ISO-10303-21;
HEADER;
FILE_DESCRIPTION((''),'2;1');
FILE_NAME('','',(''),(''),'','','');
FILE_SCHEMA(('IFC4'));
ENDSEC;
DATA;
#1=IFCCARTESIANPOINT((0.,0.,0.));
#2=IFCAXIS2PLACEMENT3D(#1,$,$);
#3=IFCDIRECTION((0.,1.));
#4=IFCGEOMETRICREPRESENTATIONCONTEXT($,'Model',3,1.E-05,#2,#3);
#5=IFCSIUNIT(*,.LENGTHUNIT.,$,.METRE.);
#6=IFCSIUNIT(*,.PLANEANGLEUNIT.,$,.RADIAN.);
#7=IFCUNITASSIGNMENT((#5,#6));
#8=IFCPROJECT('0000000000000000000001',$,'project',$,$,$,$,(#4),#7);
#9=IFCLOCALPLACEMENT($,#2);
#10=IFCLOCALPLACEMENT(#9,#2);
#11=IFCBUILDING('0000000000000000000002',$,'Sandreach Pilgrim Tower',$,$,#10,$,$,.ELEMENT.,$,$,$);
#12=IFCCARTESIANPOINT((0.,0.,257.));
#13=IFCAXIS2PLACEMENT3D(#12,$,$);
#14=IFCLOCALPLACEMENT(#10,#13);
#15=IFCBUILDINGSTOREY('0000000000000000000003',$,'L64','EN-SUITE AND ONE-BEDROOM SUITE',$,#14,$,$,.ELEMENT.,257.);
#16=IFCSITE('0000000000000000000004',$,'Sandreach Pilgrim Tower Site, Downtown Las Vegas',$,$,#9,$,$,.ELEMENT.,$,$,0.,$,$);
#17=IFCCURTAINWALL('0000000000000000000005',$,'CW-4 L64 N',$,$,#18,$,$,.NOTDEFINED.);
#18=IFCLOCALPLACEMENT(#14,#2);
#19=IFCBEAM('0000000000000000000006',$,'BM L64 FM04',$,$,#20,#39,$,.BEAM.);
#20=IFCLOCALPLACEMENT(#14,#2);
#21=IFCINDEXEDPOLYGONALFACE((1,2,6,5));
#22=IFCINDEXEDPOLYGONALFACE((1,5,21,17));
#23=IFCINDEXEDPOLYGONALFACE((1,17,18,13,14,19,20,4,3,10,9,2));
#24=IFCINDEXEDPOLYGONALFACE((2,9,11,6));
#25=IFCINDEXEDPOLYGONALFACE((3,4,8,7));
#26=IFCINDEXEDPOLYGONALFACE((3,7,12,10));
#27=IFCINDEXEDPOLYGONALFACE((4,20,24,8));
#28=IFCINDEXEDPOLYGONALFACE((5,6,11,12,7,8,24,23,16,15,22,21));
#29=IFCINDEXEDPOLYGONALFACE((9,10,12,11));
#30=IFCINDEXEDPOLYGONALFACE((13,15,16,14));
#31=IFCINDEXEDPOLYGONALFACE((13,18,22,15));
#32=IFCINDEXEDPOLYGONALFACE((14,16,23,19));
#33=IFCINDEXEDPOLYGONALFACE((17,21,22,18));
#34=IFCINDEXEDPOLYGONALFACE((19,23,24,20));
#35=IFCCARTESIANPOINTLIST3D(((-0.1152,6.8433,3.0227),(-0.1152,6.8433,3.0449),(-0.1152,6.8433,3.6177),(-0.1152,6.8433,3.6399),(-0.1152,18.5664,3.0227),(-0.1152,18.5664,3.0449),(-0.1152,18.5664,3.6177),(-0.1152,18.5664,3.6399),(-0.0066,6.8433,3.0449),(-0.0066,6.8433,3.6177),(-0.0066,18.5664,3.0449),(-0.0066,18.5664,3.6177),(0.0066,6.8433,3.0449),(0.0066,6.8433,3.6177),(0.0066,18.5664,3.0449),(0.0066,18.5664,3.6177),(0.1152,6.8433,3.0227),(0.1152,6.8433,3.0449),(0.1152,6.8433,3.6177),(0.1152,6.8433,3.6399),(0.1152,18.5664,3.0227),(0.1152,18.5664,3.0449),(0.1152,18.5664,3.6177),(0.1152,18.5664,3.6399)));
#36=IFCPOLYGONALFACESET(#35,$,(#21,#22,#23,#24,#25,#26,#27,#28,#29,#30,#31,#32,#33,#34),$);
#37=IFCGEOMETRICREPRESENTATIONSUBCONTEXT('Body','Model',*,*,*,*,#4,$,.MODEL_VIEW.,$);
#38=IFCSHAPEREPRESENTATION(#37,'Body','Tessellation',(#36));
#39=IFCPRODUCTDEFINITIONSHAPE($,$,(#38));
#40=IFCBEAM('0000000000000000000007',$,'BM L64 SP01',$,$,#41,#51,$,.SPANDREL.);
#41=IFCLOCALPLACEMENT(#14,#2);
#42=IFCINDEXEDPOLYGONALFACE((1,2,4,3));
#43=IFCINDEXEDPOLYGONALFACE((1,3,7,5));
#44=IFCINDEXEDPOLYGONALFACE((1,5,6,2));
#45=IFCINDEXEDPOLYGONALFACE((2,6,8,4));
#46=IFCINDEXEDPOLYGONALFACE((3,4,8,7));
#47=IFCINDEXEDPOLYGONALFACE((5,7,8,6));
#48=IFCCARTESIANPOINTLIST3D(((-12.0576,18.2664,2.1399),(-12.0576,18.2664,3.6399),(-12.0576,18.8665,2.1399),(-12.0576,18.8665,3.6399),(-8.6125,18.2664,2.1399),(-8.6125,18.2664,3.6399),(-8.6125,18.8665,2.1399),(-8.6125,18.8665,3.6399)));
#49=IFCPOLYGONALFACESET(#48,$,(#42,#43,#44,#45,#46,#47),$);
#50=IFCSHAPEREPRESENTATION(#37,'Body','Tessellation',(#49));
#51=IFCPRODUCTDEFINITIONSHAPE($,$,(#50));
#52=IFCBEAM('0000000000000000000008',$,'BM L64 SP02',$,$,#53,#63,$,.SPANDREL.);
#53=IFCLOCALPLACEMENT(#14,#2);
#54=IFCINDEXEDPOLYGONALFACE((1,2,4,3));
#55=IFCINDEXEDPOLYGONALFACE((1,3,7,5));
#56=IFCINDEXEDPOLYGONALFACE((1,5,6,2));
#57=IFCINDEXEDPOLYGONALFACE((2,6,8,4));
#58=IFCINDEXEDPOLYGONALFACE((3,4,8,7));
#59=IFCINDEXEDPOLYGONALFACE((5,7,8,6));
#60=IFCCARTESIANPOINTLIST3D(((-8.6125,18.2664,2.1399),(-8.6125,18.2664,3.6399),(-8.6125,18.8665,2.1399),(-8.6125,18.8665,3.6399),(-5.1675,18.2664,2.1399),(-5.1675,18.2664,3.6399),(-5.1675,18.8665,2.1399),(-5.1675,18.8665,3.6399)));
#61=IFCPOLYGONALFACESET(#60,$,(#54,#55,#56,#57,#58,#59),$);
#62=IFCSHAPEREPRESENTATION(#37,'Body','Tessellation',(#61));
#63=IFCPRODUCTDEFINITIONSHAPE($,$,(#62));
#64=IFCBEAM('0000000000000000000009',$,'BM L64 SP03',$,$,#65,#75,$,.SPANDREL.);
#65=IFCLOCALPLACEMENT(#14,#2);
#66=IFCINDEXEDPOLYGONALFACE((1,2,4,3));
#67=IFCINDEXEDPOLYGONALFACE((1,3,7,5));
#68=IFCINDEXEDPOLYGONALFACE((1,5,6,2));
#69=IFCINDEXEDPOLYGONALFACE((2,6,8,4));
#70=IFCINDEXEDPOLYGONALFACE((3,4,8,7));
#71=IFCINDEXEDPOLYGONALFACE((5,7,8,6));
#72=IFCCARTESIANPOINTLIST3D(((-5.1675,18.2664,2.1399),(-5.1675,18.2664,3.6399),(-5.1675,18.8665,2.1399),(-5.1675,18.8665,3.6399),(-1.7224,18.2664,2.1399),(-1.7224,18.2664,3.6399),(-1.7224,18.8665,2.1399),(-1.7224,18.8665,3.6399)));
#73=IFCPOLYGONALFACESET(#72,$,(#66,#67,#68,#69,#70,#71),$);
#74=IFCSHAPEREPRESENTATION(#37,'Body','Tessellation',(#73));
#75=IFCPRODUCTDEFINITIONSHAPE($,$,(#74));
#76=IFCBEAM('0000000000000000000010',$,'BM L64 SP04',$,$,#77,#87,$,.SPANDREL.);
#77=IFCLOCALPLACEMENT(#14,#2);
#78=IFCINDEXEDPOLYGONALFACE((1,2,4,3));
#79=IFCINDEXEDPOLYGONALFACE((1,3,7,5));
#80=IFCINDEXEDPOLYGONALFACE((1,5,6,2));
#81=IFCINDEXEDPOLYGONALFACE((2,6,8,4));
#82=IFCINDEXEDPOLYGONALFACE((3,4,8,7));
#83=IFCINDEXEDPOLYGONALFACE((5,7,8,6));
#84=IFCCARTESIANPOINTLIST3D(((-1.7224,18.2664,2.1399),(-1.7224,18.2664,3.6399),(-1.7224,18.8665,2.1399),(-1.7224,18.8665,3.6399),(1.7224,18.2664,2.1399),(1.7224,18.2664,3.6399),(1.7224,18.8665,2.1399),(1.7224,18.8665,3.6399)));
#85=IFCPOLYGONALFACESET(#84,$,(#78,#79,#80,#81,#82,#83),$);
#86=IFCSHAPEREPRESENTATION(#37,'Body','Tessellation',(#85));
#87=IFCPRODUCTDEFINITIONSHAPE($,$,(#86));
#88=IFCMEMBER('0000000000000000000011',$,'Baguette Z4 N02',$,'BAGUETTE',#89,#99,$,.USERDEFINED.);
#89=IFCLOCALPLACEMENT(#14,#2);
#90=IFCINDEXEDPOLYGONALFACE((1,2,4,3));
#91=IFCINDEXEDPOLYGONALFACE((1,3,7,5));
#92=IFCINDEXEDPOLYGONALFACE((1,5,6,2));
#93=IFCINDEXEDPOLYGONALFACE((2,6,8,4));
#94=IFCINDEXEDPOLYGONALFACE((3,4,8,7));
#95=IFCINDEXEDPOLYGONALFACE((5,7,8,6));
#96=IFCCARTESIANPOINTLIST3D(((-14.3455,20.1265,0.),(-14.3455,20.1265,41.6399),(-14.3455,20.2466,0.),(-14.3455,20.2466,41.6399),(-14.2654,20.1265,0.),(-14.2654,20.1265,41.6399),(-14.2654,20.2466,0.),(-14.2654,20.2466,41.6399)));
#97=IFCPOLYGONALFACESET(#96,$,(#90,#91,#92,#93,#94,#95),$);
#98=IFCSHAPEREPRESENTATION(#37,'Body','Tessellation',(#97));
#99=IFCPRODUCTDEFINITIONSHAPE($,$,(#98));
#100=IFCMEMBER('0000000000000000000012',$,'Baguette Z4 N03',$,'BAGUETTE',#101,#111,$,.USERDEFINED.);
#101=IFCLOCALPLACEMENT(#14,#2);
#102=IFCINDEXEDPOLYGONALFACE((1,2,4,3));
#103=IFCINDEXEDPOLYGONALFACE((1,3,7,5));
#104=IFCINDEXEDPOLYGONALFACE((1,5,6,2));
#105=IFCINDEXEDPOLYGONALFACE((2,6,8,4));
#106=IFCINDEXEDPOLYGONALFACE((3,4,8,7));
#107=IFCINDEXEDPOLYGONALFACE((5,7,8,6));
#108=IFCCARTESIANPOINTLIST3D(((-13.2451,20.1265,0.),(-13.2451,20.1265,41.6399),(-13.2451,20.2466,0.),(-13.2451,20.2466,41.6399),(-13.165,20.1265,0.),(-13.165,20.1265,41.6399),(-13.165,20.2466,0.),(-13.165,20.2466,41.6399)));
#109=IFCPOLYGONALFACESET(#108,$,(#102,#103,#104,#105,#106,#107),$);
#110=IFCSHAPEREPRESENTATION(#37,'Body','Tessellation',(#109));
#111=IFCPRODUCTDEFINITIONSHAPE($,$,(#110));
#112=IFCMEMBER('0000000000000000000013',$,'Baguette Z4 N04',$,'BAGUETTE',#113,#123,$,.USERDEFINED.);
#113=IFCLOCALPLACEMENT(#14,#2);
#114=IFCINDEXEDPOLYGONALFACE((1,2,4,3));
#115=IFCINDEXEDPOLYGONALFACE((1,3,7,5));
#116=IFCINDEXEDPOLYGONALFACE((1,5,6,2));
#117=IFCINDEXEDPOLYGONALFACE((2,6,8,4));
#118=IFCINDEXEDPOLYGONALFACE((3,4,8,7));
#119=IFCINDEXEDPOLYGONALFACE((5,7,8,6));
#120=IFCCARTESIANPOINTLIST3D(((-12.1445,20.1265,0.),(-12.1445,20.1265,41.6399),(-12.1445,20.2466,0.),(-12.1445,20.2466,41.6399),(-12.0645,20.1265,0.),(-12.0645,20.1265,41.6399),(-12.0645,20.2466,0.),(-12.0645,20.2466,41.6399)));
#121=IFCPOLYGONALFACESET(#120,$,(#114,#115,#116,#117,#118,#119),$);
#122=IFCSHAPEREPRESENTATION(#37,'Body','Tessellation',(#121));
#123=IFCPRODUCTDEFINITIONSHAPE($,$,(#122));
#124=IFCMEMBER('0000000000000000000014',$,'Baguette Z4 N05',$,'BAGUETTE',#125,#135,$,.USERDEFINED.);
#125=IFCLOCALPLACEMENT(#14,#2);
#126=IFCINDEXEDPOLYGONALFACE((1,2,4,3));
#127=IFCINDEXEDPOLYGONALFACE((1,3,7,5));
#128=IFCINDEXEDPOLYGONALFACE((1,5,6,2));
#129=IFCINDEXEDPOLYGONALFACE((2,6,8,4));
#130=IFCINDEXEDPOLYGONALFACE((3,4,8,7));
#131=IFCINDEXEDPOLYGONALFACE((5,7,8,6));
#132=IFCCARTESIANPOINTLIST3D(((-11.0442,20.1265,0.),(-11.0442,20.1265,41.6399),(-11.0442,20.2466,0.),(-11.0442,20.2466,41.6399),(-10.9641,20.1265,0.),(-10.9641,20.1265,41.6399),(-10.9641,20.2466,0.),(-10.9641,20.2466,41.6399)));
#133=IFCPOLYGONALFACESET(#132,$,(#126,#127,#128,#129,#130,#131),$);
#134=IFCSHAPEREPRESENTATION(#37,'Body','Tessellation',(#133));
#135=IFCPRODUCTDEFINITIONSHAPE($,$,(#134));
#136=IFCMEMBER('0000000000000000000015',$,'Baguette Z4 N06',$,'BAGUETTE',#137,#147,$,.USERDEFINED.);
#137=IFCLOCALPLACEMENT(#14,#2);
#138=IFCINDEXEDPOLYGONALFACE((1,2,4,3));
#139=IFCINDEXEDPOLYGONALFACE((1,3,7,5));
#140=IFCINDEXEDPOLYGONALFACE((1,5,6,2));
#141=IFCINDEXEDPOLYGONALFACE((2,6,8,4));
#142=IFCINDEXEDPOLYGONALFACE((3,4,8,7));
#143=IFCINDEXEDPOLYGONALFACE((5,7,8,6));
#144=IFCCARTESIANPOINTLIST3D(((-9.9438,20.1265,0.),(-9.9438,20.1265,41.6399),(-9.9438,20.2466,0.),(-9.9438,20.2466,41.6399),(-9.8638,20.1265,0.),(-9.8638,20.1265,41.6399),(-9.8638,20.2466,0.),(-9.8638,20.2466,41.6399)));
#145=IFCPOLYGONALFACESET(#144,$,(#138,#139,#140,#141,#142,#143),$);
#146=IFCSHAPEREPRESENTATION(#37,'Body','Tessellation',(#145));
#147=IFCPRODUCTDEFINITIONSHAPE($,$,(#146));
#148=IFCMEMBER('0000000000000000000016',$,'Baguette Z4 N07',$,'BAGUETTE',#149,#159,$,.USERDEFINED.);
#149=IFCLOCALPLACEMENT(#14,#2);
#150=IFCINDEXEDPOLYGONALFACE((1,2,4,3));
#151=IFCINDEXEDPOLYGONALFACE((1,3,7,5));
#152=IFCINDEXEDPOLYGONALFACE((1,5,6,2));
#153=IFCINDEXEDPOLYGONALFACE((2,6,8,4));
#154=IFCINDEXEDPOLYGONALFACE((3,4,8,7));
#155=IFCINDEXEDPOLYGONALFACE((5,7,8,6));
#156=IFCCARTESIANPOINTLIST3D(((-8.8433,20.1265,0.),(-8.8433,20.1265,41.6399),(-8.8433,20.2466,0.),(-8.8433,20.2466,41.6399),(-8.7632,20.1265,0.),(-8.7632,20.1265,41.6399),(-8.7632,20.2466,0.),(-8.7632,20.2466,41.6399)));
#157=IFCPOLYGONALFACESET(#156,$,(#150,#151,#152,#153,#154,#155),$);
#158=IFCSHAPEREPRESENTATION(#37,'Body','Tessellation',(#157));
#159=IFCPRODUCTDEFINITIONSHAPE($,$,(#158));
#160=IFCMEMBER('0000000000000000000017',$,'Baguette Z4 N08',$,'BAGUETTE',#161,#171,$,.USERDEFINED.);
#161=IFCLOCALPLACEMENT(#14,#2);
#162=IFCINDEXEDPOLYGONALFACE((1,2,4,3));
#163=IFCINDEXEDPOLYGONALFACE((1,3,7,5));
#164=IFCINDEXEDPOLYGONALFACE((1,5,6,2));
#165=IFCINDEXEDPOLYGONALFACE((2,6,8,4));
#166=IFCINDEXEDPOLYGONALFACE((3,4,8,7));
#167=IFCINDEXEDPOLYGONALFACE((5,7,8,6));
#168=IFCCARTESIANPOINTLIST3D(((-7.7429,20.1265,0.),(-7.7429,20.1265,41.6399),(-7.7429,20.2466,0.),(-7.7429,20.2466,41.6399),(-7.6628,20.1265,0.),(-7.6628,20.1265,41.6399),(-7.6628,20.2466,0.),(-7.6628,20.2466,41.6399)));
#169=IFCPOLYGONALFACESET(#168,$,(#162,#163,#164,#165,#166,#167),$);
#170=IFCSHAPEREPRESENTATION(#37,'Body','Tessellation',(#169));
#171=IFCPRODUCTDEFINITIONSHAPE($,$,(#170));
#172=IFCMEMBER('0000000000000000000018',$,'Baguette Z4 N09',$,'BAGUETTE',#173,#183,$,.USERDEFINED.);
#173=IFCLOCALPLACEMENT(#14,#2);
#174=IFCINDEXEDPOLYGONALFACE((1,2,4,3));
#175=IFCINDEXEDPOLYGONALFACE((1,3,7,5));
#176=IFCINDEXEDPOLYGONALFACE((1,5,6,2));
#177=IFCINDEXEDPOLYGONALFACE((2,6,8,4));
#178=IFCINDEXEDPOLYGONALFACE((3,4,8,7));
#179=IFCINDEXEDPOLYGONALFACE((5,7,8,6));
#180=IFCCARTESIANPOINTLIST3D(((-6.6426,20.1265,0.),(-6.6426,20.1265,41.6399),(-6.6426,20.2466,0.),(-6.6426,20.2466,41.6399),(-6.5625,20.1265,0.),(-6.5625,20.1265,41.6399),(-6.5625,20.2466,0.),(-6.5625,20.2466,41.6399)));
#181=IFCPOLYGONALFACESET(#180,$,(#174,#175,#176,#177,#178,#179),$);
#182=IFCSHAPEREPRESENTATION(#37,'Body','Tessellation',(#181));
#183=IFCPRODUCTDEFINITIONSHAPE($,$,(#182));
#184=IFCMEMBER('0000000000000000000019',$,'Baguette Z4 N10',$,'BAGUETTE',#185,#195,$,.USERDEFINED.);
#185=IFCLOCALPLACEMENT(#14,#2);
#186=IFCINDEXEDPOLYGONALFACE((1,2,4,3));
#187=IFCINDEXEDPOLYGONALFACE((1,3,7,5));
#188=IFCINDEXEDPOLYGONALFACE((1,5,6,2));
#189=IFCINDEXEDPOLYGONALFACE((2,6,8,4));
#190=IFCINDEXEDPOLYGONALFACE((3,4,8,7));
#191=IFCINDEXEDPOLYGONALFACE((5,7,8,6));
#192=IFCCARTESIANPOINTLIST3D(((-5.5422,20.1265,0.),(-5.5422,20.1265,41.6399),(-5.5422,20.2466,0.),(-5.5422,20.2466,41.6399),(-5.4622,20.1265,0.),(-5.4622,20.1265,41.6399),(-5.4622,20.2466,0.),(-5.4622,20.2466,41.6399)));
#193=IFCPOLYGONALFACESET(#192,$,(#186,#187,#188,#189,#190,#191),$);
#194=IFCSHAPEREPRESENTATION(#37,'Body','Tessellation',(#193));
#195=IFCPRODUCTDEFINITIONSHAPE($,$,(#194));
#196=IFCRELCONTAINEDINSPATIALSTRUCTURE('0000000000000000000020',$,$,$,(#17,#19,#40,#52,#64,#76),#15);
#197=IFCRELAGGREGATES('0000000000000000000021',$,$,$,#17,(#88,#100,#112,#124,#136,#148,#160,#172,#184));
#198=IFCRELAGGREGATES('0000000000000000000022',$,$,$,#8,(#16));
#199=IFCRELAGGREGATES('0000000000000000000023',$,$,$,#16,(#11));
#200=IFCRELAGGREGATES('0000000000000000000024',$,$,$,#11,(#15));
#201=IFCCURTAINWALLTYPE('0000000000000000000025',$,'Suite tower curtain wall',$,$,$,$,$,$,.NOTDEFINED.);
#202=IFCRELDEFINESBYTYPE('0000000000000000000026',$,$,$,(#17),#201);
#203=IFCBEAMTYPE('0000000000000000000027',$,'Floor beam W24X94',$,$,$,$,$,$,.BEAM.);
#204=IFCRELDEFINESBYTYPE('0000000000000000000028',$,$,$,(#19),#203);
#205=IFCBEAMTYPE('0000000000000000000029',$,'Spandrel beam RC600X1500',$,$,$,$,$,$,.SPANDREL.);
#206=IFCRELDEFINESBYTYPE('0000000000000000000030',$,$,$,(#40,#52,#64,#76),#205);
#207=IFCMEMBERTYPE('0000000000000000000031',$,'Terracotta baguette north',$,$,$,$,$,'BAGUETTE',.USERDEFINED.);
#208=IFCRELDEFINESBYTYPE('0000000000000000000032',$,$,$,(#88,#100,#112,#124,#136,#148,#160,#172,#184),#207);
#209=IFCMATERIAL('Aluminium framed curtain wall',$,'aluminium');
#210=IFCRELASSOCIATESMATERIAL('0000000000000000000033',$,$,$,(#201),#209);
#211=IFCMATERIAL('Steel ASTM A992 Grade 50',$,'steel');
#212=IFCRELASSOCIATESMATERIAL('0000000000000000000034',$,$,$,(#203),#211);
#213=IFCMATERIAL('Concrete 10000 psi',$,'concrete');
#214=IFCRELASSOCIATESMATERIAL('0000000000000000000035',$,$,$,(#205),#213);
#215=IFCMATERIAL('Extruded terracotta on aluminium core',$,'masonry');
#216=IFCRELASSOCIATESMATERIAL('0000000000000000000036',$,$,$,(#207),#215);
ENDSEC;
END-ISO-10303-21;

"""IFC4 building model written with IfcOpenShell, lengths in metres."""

from ifc_helpers import new_model, si_unit, direction, frame, origin, origin_2d, place, context, subcontext, project, spatial, rectangle, i_section, extrude, material, material_profile, profile_set, type_object, element, aggregate, save


model = new_model("IFC4")

# Units and contexts
model_context = context("Model", 3, precision=1e-05, world=origin(), true_north=direction((0.0, 1.0)))
body_context = subcontext(model_context, "Body", "Model", "MODEL_VIEW")
ifc_project = project(units=[si_unit("LENGTHUNIT", "METRE"), si_unit("PLANEANGLEUNIT", "RADIAN")], contexts=[model_context])

# Site, building, storey
site_placement = place(None, origin())
site = spatial("IfcSite", under=ifc_project, at=site_placement, Name="Sandreach Pilgrim Tower Site, Downtown Las Vegas", CompositionType="ELEMENT", RefElevation=0.0)
building_placement = place(site_placement, origin())
building = spatial("IfcBuilding", under=site, at=building_placement, Name="Sandreach Pilgrim Tower", CompositionType="ELEMENT")
storey_placement = place(building_placement, frame((0.0, 0.0, 257.0)))
storey = spatial("IfcBuildingStorey", under=building, at=storey_placement, Name="L64", Description="EN-SUITE AND ONE-BEDROOM SUITE", CompositionType="ELEMENT", Elevation=257.0)

# Curtain wall
ifc_material_1 = material(Name="Aluminium framed curtain wall", Category="aluminium")
curtain_wall_type = type_object("IfcCurtainWallType", Name="Suite tower curtain wall", PredefinedType="NOTDEFINED", material=ifc_material_1)
curtain_wall_placement = place(storey_placement, origin())
curtain_wall = element("IfcCurtainWall", 1, at=curtain_wall_placement, inside=storey, type_object=curtain_wall_type, Name="CW-4 L64 N", PredefinedType="NOTDEFINED")

# Beams
ifc_material_2 = material(Name="Steel ASTM A992 Grade 50", Category="steel")
ifc_material_profile_1 = material_profile(ifc_material_2, i_section(OverallWidth=0.2305, OverallDepth=0.6172, WebThickness=0.0132, FlangeThickness=0.0222, at=origin_2d()), Name="W24X94")
ifc_profile_set_1 = profile_set([ifc_material_profile_1], Name="Steel ASTM A992 Grade 50")
beam_type_1 = type_object("IfcBeamType", Name="Floor beam W24X94", PredefinedType="BEAM", material=ifc_profile_set_1)
for number, where, z_axis, x_axis, name in (
    (2, (0.0, 18.5664, 3.3313), (0.0, -1.0, 0.0), (1.0, 0.0, 0.0), "BM L64 FM04"),
):
    element("IfcBeam", number, at=place(storey_placement, frame(where, z_axis=z_axis, x_axis=x_axis)), inside=storey, type_object=beam_type_1, Name=name, PredefinedType="BEAM", context=body_context, shape_type="SweptSolid", body=[
        extrude(i_section(OverallWidth=0.2305, OverallDepth=0.6172, WebThickness=0.0132, FlangeThickness=0.0222, at=origin_2d()), origin(), (0.0, 0.0, 1.0), 11.7231),
    ])
ifc_material_3 = material(Name="Concrete 10000 psi", Category="concrete")
ifc_material_profile_2 = material_profile(ifc_material_3, rectangle(XDim=0.6001, YDim=1.5, at=origin_2d()), Name="RC600X1500")
ifc_profile_set_2 = profile_set([ifc_material_profile_2], Name="Concrete 10000 psi")
beam_type_2 = type_object("IfcBeamType", Name="Spandrel beam RC600X1500", PredefinedType="SPANDREL", material=ifc_profile_set_2)
for number, where, z_axis, x_axis, name in (
    (3, (-12.0576, 18.5664, 2.8899), (1.0, 0.0, 0.0), (0.0, 1.0, 0.0), "BM L64 SP01"),
    (4, (-8.6125, 18.5664, 2.8899), (1.0, 0.0, 0.0), (0.0, 1.0, 0.0), "BM L64 SP02"),
    (5, (-5.1675, 18.5664, 2.8899), (1.0, 0.0, 0.0), (0.0, 1.0, 0.0), "BM L64 SP03"),
):
    element("IfcBeam", number, at=place(storey_placement, frame(where, z_axis=z_axis, x_axis=x_axis)), inside=storey, type_object=beam_type_2, Name=name, PredefinedType="SPANDREL", context=body_context, shape_type="SweptSolid", body=[
        extrude(rectangle(XDim=0.6001, YDim=1.5, at=origin_2d()), origin(), (0.0, 0.0, 1.0), 3.4451),
    ])
beam_1_placement = place(storey_placement, frame((-1.7224, 18.5664, 2.8899), z_axis=(1.0, 0.0, 0.0), x_axis=(0.0, 1.0, 0.0)))
element("IfcBeam", 6, at=beam_1_placement, inside=storey, type_object=beam_type_2, Name="BM L64 SP04", PredefinedType="SPANDREL", context=body_context, shape_type="SweptSolid", body=[
    extrude(rectangle(XDim=0.6001, YDim=1.5, at=origin_2d()), origin(), (0.0, 0.0, 1.0), 3.4448),
])

# Members
ifc_material_4 = material(Name="Extruded terracotta on aluminium core", Category="masonry")
ifc_material_profile_3 = material_profile(ifc_material_4, rectangle(XDim=0.0801, YDim=0.1201, at=origin_2d()), Name="TBN 80X120")
ifc_profile_set_3 = profile_set([ifc_material_profile_3], Name="Extruded terracotta on aluminium core")
member_type_1 = type_object("IfcMemberType", Name="Terracotta baguette north", ElementType="BAGUETTE", PredefinedType="USERDEFINED", material=ifc_profile_set_3)
member_1_placement = place(storey_placement, frame((-14.3054, 20.1865, 0.0), z_axis=(0.0, 0.0, 1.0), x_axis=(1.0, 0.0, 0.0)))
member_1 = element("IfcMember", 7, at=member_1_placement, type_object=member_type_1, Name="Baguette Z4 N02", ObjectType="BAGUETTE", PredefinedType="USERDEFINED", context=body_context, shape_type="SweptSolid", body=[
    extrude(rectangle(XDim=0.0801, YDim=0.1201, at=origin_2d()), origin(), (0.0, 0.0, 1.0), 41.6399),
])
member_2_placement = place(storey_placement, frame((-13.2051, 20.1865, 0.0), z_axis=(0.0, 0.0, 1.0), x_axis=(1.0, 0.0, 0.0)))
member_2 = element("IfcMember", 8, at=member_2_placement, type_object=member_type_1, Name="Baguette Z4 N03", ObjectType="BAGUETTE", PredefinedType="USERDEFINED", context=body_context, shape_type="SweptSolid", body=[
    extrude(rectangle(XDim=0.0801, YDim=0.1201, at=origin_2d()), origin(), (0.0, 0.0, 1.0), 41.6399),
])
member_3_placement = place(storey_placement, frame((-12.1045, 20.1865, 0.0), z_axis=(0.0, 0.0, 1.0), x_axis=(1.0, 0.0, 0.0)))
member_3 = element("IfcMember", 9, at=member_3_placement, type_object=member_type_1, Name="Baguette Z4 N04", ObjectType="BAGUETTE", PredefinedType="USERDEFINED", context=body_context, shape_type="SweptSolid", body=[
    extrude(rectangle(XDim=0.0801, YDim=0.1201, at=origin_2d()), origin(), (0.0, 0.0, 1.0), 41.6399),
])
member_4_placement = place(storey_placement, frame((-11.0042, 20.1865, 0.0), z_axis=(0.0, 0.0, 1.0), x_axis=(1.0, 0.0, 0.0)))
member_4 = element("IfcMember", 10, at=member_4_placement, type_object=member_type_1, Name="Baguette Z4 N05", ObjectType="BAGUETTE", PredefinedType="USERDEFINED", context=body_context, shape_type="SweptSolid", body=[
    extrude(rectangle(XDim=0.0801, YDim=0.1201, at=origin_2d()), origin(), (0.0, 0.0, 1.0), 41.6399),
])
member_5_placement = place(storey_placement, frame((-9.9038, 20.1865, 0.0), z_axis=(0.0, 0.0, 1.0), x_axis=(1.0, 0.0, 0.0)))
member_5 = element("IfcMember", 11, at=member_5_placement, type_object=member_type_1, Name="Baguette Z4 N06", ObjectType="BAGUETTE", PredefinedType="USERDEFINED", context=body_context, shape_type="SweptSolid", body=[
    extrude(rectangle(XDim=0.0801, YDim=0.1201, at=origin_2d()), origin(), (0.0, 0.0, 1.0), 41.6399),
])
member_6_placement = place(storey_placement, frame((-8.8032, 20.1865, 0.0), z_axis=(0.0, 0.0, 1.0), x_axis=(1.0, 0.0, 0.0)))
member_6 = element("IfcMember", 12, at=member_6_placement, type_object=member_type_1, Name="Baguette Z4 N07", ObjectType="BAGUETTE", PredefinedType="USERDEFINED", context=body_context, shape_type="SweptSolid", body=[
    extrude(rectangle(XDim=0.0801, YDim=0.1201, at=origin_2d()), origin(), (0.0, 0.0, 1.0), 41.6399),
])
member_7_placement = place(storey_placement, frame((-7.7029, 20.1865, 0.0), z_axis=(0.0, 0.0, 1.0), x_axis=(1.0, 0.0, 0.0)))
member_7 = element("IfcMember", 13, at=member_7_placement, type_object=member_type_1, Name="Baguette Z4 N08", ObjectType="BAGUETTE", PredefinedType="USERDEFINED", context=body_context, shape_type="SweptSolid", body=[
    extrude(rectangle(XDim=0.0801, YDim=0.1201, at=origin_2d()), origin(), (0.0, 0.0, 1.0), 41.6399),
])
member_8_placement = place(storey_placement, frame((-6.6025, 20.1865, 0.0), z_axis=(0.0, 0.0, 1.0), x_axis=(1.0, 0.0, 0.0)))
member_8 = element("IfcMember", 14, at=member_8_placement, type_object=member_type_1, Name="Baguette Z4 N09", ObjectType="BAGUETTE", PredefinedType="USERDEFINED", context=body_context, shape_type="SweptSolid", body=[
    extrude(rectangle(XDim=0.0801, YDim=0.1201, at=origin_2d()), origin(), (0.0, 0.0, 1.0), 41.6399),
])
member_9_placement = place(storey_placement, frame((-5.5022, 20.1865, 0.0), z_axis=(0.0, 0.0, 1.0), x_axis=(1.0, 0.0, 0.0)))
member_9 = element("IfcMember", 15, at=member_9_placement, type_object=member_type_1, Name="Baguette Z4 N10", ObjectType="BAGUETTE", PredefinedType="USERDEFINED", context=body_context, shape_type="SweptSolid", body=[
    extrude(rectangle(XDim=0.0801, YDim=0.1201, at=origin_2d()), origin(), (0.0, 0.0, 1.0), 41.6399),
])

aggregate(curtain_wall, [member_1, member_2, member_3, member_4, member_5, member_6, member_7, member_8, member_9])

save(model, "model.ifc")
